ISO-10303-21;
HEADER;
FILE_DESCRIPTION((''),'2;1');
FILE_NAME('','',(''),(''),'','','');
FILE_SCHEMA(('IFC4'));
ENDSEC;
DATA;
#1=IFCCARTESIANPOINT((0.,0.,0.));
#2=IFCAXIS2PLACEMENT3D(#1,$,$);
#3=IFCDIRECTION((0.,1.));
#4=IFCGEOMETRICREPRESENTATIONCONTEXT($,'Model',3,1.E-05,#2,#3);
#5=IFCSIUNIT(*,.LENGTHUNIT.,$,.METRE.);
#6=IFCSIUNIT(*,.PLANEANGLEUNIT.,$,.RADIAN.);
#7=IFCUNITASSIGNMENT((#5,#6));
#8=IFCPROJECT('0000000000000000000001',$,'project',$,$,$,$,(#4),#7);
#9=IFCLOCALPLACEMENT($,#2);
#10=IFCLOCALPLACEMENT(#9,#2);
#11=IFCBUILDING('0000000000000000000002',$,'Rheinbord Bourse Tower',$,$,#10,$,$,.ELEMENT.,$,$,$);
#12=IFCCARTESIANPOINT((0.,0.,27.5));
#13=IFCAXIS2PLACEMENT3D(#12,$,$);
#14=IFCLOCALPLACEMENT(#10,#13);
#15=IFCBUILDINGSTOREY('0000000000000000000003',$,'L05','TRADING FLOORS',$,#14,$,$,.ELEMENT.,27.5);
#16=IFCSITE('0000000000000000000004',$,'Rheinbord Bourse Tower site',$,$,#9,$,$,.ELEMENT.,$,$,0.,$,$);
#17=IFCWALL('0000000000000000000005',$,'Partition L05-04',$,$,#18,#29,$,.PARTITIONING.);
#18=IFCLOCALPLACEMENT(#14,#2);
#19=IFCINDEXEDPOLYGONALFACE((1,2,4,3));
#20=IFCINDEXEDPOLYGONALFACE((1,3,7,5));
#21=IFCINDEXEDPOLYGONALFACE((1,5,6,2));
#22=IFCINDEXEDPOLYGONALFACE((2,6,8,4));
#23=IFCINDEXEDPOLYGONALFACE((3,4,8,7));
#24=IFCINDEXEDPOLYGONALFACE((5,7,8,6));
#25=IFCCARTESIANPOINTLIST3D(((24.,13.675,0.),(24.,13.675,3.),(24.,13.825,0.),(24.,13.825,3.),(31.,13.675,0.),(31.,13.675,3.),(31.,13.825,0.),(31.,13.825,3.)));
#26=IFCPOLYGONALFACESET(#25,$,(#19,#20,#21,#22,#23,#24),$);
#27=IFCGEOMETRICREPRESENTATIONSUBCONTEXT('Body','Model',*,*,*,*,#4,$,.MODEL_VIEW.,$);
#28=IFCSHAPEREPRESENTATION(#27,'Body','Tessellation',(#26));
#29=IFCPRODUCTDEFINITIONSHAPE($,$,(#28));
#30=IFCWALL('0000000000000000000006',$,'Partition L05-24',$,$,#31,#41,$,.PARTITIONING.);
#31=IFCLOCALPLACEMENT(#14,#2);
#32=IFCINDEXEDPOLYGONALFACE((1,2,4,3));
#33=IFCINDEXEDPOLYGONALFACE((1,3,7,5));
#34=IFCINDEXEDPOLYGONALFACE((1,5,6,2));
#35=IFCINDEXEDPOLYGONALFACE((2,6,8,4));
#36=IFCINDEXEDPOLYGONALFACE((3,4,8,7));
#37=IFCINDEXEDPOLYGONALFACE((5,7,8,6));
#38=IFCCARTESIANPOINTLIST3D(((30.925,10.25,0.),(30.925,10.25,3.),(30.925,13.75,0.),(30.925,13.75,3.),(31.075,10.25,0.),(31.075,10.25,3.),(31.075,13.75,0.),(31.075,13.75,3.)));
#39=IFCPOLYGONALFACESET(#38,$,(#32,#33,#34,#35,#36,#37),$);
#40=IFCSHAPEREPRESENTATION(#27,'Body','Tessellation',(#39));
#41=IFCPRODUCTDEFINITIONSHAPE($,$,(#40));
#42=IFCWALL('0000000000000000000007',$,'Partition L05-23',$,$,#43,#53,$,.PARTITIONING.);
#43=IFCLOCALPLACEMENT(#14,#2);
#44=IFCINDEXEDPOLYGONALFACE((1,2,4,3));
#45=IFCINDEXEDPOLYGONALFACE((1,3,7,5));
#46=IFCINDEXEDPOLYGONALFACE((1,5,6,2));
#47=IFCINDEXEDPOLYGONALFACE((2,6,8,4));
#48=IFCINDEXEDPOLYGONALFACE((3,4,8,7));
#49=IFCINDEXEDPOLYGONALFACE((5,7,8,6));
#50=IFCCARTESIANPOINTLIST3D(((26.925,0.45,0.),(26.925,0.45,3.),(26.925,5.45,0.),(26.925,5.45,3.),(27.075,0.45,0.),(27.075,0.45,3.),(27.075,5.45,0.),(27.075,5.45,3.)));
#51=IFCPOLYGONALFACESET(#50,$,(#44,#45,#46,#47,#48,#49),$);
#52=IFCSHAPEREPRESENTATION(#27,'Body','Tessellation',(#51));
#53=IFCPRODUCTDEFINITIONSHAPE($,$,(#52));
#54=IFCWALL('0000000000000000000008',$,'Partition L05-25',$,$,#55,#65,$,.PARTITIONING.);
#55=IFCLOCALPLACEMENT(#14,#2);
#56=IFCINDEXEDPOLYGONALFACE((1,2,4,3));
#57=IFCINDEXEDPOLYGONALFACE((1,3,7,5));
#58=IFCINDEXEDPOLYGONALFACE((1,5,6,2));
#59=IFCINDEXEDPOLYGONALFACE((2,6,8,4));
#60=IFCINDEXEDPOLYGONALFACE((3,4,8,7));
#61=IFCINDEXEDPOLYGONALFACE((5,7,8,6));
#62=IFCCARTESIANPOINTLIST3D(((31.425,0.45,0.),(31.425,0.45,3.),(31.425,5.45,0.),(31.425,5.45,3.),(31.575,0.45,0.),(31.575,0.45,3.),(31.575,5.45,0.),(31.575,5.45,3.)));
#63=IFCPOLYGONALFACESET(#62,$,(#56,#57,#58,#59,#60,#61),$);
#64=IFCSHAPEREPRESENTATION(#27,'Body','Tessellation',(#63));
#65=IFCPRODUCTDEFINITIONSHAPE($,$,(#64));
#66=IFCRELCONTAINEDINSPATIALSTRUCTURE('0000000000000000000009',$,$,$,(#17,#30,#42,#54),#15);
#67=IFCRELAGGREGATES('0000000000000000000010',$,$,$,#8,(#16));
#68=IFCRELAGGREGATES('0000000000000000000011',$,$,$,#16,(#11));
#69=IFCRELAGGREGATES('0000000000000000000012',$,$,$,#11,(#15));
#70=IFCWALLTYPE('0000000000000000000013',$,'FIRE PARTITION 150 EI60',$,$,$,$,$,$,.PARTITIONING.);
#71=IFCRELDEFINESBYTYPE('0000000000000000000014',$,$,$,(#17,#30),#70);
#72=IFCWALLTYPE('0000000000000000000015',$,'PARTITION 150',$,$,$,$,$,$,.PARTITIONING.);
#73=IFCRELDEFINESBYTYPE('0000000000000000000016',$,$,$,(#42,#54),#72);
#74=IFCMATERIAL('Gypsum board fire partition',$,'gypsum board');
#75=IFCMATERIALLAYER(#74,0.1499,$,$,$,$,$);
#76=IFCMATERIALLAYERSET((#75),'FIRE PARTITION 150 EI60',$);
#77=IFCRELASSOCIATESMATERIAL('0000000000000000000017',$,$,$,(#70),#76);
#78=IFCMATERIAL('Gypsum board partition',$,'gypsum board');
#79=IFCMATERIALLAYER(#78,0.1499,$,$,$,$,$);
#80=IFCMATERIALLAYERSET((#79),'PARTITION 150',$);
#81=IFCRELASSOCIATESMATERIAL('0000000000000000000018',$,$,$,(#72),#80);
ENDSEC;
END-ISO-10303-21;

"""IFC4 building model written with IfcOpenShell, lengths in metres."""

from ifc_helpers import new_model, si_unit, direction, frame, frame_2d, origin, place, context, subcontext, project, spatial, rectangle, extrude, material, layer, layer_set, type_object, element, save


model = new_model("IFC4")

# Units and contexts
model_context = context("Model", 3, precision=1e-05, world=origin(), true_north=direction((0.0, 1.0)))
body_context = subcontext(model_context, "Body", "Model", "MODEL_VIEW")
ifc_project = project(units=[si_unit("LENGTHUNIT", "METRE"), si_unit("PLANEANGLEUNIT", "RADIAN")], contexts=[model_context])

# Site, building, storey
site_placement = place(None, origin())
site = spatial("IfcSite", under=ifc_project, at=site_placement, Name="Rheinbord Bourse Tower site", CompositionType="ELEMENT", RefElevation=0.0)
building_placement = place(site_placement, origin())
building = spatial("IfcBuilding", under=site, at=building_placement, Name="Rheinbord Bourse Tower", CompositionType="ELEMENT")
storey_placement = place(building_placement, frame((0.0, 0.0, 27.5)))
storey = spatial("IfcBuildingStorey", under=building, at=storey_placement, Name="L05", Description="TRADING FLOORS", CompositionType="ELEMENT", Elevation=27.5)

# Walls
ifc_material_1 = material(Name="Gypsum board fire partition", Category="gypsum board")
ifc_layer_1 = layer(ifc_material_1, 0.1499)
ifc_layer_set_1 = layer_set([ifc_layer_1], Name="FIRE PARTITION 150 EI60")
wall_type_1 = type_object("IfcWallType", Name="FIRE PARTITION 150 EI60", PredefinedType="PARTITIONING", material=ifc_layer_set_1)
wall_1_placement = place(storey_placement, frame((24.0, 13.75, 0.0), z_axis=(0.0, 0.0, 1.0), x_axis=(1.0, 0.0, 0.0)))
element("IfcWall", 1, at=wall_1_placement, inside=storey, type_object=wall_type_1, Name="Partition L05-04", PredefinedType="PARTITIONING", context=body_context, shape_type="SweptSolid", body=[
    extrude(rectangle(XDim=7.0, YDim=0.1499, at=frame_2d((3.5, 0.0))), origin(), (0.0, 0.0, 1.0), 3.0),
])
wall_2_placement = place(storey_placement, frame((31.0, 10.25, 0.0), z_axis=(0.0, 0.0, 1.0), x_axis=(0.0, 1.0, 0.0)))
element("IfcWall", 2, at=wall_2_placement, inside=storey, type_object=wall_type_1, Name="Partition L05-24", PredefinedType="PARTITIONING", context=body_context, shape_type="SweptSolid", body=[
    extrude(rectangle(XDim=3.5, YDim=0.1499, at=frame_2d((1.75, 0.0))), origin(), (0.0, 0.0, 1.0), 3.0),
])
ifc_material_2 = material(Name="Gypsum board partition", Category="gypsum board")
ifc_layer_2 = layer(ifc_material_2, 0.1499)
ifc_layer_set_2 = layer_set([ifc_layer_2], Name="PARTITION 150")
wall_type_2 = type_object("IfcWallType", Name="PARTITION 150", PredefinedType="PARTITIONING", material=ifc_layer_set_2)
for number, where, z_axis, x_axis, name in (
    (3, (27.0, 0.45, 0.0), (0.0, 0.0, 1.0), (0.0, 1.0, 0.0), "Partition L05-23"),
    (4, (31.5, 0.45, 0.0), (0.0, 0.0, 1.0), (0.0, 1.0, 0.0), "Partition L05-25"),
):
    element("IfcWall", number, at=place(storey_placement, frame(where, z_axis=z_axis, x_axis=x_axis)), inside=storey, type_object=wall_type_2, Name=name, PredefinedType="PARTITIONING", context=body_context, shape_type="SweptSolid", body=[
        extrude(rectangle(XDim=5.0, YDim=0.1499, at=frame_2d((2.5, 0.0))), origin(), (0.0, 0.0, 1.0), 3.0),
    ])

save(model, "model.ifc")
